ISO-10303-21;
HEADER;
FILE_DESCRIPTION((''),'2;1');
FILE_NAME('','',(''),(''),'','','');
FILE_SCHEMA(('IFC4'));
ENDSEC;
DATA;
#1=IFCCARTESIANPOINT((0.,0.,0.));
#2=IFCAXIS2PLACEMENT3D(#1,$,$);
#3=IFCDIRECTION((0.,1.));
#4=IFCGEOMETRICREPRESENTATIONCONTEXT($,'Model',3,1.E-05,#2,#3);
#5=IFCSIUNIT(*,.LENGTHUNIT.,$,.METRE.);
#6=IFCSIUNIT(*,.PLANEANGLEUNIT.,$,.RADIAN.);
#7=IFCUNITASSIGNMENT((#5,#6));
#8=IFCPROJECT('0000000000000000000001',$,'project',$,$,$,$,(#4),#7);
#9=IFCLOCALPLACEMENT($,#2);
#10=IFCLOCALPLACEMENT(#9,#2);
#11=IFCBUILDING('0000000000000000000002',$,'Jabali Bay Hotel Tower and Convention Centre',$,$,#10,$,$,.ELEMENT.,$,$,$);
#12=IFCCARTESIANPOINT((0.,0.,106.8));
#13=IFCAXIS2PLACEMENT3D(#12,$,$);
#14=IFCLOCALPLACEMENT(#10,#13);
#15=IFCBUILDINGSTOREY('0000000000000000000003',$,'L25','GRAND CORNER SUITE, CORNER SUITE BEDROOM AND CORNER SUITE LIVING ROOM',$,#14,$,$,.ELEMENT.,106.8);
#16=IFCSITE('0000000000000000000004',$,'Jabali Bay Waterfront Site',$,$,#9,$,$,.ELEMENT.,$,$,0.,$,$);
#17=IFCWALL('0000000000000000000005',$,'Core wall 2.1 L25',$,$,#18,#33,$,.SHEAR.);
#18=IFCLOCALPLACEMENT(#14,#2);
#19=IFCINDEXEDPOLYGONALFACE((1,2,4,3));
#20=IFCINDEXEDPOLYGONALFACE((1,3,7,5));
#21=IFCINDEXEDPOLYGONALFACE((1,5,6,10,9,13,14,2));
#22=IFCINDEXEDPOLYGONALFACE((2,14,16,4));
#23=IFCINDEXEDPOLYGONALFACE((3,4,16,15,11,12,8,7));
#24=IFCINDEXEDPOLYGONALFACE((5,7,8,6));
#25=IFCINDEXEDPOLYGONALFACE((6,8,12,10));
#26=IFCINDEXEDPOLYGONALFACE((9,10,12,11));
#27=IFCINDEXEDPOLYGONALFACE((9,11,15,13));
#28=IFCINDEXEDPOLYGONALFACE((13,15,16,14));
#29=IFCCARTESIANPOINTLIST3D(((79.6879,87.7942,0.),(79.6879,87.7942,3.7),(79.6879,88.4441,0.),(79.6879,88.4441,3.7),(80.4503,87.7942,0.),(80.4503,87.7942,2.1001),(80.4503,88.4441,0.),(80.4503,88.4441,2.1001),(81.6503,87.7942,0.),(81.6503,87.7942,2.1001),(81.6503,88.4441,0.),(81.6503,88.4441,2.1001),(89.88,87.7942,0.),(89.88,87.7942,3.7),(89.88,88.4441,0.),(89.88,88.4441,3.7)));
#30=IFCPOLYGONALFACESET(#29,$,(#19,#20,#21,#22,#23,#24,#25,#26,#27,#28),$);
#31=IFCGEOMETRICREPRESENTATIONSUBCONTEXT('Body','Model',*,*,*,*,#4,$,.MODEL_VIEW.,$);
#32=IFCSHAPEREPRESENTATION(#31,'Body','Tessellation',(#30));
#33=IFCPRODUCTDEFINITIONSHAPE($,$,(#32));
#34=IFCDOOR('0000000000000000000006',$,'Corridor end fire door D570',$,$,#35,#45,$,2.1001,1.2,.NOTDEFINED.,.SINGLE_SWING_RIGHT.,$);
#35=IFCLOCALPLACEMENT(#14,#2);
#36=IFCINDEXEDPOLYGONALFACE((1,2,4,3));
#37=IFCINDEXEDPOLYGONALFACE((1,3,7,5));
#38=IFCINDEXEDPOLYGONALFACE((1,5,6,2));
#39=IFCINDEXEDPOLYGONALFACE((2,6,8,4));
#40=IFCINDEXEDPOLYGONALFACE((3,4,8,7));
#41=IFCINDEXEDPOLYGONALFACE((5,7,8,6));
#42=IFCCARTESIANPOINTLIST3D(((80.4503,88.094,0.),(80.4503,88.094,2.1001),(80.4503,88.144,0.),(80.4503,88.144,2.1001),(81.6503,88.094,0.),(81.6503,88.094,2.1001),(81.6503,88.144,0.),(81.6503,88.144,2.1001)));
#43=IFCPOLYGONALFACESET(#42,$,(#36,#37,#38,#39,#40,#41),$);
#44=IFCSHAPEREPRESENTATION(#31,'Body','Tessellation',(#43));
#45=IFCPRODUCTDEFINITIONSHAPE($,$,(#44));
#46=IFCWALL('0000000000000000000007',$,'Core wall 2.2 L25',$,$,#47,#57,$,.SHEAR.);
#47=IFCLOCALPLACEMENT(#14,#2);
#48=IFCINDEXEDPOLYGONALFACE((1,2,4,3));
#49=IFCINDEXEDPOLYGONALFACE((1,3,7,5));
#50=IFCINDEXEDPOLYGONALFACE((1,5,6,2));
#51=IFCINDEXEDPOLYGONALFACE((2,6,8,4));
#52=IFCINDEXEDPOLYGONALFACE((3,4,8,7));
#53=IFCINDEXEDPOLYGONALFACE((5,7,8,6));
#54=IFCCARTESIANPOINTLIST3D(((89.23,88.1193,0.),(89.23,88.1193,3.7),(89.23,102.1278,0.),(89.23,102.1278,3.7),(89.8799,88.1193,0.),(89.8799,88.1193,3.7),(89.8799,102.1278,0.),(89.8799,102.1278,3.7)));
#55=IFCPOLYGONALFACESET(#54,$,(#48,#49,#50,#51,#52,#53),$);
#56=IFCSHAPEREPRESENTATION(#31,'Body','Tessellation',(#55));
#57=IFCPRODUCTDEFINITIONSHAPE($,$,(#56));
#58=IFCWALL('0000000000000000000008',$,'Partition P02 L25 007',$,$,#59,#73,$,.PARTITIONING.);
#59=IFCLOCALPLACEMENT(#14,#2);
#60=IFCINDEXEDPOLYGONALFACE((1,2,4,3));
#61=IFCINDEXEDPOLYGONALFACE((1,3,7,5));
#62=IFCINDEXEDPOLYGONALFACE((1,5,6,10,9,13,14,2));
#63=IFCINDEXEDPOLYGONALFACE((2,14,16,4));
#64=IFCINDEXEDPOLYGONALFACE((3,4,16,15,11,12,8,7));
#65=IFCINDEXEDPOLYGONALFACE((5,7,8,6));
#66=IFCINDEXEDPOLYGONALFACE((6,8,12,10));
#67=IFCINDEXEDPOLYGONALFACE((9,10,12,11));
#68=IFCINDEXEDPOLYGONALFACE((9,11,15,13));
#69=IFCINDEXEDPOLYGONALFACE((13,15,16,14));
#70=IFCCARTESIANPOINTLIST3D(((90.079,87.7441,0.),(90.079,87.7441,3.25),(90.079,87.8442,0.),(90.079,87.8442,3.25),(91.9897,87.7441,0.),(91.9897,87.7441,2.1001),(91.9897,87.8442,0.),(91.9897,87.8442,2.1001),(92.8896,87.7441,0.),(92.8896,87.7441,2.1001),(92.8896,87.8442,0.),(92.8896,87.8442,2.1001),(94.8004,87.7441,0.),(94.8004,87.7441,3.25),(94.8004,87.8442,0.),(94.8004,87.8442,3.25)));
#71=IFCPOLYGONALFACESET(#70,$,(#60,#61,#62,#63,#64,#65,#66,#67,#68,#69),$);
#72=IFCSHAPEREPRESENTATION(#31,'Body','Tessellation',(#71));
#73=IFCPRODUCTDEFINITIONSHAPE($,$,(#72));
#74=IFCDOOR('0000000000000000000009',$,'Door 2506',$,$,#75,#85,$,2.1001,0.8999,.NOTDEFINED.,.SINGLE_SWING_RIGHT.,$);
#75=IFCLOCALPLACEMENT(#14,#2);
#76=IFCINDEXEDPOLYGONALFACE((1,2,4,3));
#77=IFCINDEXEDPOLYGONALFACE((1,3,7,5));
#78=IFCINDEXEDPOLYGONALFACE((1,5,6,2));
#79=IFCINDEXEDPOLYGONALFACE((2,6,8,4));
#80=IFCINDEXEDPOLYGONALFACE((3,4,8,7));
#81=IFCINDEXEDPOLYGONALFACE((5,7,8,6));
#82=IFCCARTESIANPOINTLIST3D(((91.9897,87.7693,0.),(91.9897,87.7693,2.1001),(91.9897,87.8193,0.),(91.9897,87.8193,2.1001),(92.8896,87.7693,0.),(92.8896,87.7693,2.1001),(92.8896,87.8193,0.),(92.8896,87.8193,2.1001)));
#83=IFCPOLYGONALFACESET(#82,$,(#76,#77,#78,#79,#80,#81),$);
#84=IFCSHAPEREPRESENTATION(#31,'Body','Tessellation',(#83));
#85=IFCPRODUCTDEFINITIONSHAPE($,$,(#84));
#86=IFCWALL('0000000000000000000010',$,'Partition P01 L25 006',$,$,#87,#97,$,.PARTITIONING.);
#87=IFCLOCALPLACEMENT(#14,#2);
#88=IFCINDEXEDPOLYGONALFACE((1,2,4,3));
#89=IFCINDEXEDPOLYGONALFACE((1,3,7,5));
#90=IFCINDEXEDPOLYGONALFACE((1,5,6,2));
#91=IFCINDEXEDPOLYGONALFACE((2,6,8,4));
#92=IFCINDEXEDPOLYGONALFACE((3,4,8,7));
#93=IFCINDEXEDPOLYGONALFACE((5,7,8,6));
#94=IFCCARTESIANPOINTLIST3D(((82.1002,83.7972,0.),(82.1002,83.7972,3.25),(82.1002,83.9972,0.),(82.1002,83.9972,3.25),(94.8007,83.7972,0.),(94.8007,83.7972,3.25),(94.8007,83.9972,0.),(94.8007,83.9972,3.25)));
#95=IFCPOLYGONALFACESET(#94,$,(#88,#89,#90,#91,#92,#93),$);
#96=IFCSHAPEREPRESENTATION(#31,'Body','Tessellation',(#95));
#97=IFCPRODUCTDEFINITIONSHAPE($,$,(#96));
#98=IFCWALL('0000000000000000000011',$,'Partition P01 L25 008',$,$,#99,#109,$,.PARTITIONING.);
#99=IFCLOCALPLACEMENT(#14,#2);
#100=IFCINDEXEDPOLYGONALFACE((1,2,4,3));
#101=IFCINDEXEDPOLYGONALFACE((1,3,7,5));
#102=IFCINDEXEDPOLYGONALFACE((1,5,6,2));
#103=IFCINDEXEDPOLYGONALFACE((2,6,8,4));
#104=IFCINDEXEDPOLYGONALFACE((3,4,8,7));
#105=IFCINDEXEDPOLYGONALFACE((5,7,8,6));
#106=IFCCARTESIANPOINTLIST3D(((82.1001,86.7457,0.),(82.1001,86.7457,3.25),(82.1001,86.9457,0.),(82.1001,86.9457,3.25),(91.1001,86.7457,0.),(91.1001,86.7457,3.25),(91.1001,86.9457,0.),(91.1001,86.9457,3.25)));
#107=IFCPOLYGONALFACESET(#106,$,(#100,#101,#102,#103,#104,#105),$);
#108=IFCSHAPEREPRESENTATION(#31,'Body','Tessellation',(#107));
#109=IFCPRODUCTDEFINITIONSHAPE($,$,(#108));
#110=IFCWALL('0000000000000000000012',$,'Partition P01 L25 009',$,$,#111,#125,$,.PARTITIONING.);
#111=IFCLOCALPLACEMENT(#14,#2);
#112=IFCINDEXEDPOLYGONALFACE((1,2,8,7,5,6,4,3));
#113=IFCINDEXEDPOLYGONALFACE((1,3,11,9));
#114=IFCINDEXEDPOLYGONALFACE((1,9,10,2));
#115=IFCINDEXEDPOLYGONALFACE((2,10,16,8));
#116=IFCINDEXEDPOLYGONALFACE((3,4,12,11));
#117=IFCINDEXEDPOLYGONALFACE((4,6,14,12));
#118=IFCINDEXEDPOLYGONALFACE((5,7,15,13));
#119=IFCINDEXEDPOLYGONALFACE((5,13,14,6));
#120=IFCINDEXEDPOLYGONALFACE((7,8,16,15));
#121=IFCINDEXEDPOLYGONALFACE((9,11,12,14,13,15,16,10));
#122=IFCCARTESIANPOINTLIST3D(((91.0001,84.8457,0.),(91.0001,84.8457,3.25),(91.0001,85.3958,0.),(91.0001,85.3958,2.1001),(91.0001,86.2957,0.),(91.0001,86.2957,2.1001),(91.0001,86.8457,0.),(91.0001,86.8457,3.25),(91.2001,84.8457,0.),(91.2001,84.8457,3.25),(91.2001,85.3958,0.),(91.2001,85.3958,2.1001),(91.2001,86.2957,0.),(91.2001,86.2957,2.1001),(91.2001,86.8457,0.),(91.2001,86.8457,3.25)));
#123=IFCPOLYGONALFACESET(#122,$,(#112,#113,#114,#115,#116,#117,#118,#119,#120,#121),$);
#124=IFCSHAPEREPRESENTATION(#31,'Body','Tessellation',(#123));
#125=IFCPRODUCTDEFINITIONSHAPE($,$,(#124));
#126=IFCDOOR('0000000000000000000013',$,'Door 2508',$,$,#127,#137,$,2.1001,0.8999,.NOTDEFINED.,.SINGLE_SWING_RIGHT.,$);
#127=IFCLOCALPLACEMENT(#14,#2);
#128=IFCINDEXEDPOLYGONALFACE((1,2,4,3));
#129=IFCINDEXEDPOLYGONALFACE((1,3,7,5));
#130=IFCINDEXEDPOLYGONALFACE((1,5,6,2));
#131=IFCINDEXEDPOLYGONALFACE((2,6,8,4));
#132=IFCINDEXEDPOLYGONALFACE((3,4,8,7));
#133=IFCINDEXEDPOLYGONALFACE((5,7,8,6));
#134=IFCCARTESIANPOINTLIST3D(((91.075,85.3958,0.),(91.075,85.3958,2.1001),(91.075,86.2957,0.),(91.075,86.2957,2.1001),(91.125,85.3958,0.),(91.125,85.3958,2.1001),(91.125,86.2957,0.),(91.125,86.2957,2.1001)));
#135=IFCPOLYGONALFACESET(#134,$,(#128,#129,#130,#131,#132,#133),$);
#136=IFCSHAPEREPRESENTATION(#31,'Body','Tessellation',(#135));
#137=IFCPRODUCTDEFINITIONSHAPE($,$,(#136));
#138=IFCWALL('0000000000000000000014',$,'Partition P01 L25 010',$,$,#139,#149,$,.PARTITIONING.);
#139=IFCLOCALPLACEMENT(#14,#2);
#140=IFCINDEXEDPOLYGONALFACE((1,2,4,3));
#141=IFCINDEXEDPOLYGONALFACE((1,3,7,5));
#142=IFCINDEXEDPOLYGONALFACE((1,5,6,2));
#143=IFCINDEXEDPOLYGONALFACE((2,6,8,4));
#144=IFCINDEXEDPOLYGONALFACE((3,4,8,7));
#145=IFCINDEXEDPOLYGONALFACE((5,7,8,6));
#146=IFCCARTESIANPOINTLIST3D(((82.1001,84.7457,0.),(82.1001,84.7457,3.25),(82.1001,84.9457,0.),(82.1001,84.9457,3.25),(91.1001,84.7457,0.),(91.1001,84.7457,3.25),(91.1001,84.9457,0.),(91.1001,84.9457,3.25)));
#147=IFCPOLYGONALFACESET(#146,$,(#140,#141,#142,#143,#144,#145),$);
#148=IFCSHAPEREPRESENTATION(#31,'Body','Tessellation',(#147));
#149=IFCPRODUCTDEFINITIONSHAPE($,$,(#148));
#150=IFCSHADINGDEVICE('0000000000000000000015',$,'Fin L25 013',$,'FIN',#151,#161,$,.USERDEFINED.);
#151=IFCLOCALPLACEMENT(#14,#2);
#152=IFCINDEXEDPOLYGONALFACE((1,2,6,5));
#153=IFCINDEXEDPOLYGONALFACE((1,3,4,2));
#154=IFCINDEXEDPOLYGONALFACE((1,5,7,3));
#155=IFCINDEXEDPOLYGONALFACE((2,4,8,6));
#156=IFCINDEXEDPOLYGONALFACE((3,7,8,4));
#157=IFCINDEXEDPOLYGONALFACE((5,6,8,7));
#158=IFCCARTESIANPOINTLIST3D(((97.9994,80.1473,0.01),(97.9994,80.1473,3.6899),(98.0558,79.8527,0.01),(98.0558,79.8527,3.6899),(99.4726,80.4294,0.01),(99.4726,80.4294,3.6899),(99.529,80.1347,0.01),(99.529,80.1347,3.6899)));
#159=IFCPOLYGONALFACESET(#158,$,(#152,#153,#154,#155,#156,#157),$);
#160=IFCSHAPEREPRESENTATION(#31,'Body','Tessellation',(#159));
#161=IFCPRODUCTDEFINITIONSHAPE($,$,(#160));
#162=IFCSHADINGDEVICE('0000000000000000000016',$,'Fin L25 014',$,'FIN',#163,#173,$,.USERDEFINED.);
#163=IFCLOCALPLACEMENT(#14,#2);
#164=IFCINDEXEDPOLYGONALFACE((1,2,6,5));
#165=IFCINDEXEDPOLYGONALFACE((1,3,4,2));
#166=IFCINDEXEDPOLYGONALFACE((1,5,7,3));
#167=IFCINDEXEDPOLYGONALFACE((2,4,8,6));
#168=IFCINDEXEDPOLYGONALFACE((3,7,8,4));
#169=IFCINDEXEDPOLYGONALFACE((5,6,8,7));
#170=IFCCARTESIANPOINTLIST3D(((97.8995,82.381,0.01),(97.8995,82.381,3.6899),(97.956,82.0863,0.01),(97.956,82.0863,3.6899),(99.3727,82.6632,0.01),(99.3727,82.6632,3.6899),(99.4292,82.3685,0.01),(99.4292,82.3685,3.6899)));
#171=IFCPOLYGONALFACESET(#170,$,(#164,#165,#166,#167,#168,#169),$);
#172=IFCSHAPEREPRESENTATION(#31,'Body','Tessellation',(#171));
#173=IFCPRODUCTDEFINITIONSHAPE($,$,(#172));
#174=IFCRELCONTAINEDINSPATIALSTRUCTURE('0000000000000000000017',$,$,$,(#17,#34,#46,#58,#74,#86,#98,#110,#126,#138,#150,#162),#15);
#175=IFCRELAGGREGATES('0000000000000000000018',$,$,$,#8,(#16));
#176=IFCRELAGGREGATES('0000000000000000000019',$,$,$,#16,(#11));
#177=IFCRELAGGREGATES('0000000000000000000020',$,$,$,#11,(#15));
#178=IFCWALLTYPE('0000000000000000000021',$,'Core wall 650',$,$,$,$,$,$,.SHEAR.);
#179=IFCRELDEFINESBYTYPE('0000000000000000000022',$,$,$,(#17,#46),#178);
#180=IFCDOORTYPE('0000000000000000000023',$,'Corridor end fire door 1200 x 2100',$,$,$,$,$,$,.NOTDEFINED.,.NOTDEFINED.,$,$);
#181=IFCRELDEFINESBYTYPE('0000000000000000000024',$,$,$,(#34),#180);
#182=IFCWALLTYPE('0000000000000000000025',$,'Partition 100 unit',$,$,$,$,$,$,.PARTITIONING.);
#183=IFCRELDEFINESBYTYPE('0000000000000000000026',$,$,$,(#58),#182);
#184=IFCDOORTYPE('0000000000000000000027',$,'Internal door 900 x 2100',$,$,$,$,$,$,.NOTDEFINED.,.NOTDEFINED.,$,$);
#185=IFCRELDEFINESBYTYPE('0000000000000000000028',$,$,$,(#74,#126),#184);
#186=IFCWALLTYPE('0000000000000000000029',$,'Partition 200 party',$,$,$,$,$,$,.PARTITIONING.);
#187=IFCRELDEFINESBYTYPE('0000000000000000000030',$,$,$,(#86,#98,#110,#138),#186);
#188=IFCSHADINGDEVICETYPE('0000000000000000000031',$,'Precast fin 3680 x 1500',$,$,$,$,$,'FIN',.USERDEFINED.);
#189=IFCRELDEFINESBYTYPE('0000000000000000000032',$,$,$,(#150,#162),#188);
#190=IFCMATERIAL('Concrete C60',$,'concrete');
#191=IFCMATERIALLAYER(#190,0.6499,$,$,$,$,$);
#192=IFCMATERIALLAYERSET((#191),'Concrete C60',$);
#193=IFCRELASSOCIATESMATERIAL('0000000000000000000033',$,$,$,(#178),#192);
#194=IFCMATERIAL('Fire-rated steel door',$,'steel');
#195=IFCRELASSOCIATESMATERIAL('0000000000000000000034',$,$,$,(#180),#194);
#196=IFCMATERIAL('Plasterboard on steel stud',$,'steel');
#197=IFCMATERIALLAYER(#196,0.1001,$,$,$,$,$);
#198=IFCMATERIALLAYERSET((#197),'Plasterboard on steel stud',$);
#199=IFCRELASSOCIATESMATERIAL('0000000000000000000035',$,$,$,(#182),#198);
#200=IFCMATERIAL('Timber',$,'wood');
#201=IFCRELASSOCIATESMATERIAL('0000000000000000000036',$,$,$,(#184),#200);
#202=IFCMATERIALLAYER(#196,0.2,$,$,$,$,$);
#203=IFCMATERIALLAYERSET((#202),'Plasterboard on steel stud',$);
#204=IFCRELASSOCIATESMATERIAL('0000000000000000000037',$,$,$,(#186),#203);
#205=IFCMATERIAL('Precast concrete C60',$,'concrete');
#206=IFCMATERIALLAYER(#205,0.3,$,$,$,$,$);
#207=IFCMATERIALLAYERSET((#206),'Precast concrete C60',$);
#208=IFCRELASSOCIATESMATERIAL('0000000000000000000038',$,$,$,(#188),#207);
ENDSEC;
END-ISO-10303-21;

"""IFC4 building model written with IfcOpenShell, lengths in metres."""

from ifc_helpers import new_model, si_unit, direction, frame, frame_2d, origin, place, context, subcontext, project, spatial, rectangle, extrude, material, layer, layer_set, type_object, element, fill, save


model = new_model("IFC4")

# Units and contexts
model_context = context("Model", 3, precision=1e-05, world=origin(), true_north=direction((0.0, 1.0)))
body_context = subcontext(model_context, "Body", "Model", "MODEL_VIEW")
ifc_project = project(units=[si_unit("LENGTHUNIT", "METRE"), si_unit("PLANEANGLEUNIT", "RADIAN")], contexts=[model_context])

# Site, building, storey
site_placement = place(None, origin())
site = spatial("IfcSite", under=ifc_project, at=site_placement, Name="Jabali Bay Waterfront Site", CompositionType="ELEMENT", RefElevation=0.0)
building_placement = place(site_placement, origin())
building = spatial("IfcBuilding", under=site, at=building_placement, Name="Jabali Bay Hotel Tower and Convention Centre", CompositionType="ELEMENT")
storey_placement = place(building_placement, frame((0.0, 0.0, 106.8)))
storey = spatial("IfcBuildingStorey", under=building, at=storey_placement, Name="L25", Description="GRAND CORNER SUITE, CORNER SUITE BEDROOM AND CORNER SUITE LIVING ROOM", CompositionType="ELEMENT", Elevation=106.8)

# Shared definitions
ifc_material_1 = material(Name="Concrete C60", Category="concrete")

# Shared definitions
ifc_material_2 = material(Name="Fire-rated steel door", Category="steel")

# Wall, opening, door
ifc_layer_1 = layer(ifc_material_1, 0.6499)
ifc_layer_set_1 = layer_set([ifc_layer_1], Name="Concrete C60")
wall_type_1 = type_object("IfcWallType", Name="Core wall 650", PredefinedType="SHEAR", material=ifc_layer_set_1)
wall_1_placement = place(storey_placement, frame((79.6877, 88.1191, 0.0), z_axis=(0.0, 0.0, 1.0), x_axis=(1.0, 0.0, 0.0)))
wall_1 = element("IfcWall", 1, at=wall_1_placement, inside=storey, type_object=wall_type_1, Name="Core wall 2.1 L25", PredefinedType="SHEAR", context=body_context, shape_type="SweptSolid", body=[
    extrude(rectangle(XDim=10.1921, YDim=0.6499, at=frame_2d((5.0962, 0.0))), origin(), (0.0, 0.0, 1.0), 3.7),
])
opening_1_placement = place(wall_1_placement, frame((0.7625, 0.0, 0.0)))
opening_1 = element("IfcOpeningElement", 2, at=opening_1_placement, cuts=wall_1, PredefinedType="OPENING", context=body_context, shape_type="SweptSolid", body=[
    extrude(rectangle(XDim=1.2, YDim=2.1001, at=frame_2d((0.6001, 1.05))), frame((0.0, 0.3354, 0.0), z_axis=(0.0, -1.0, 0.0), x_axis=(1.0, 0.0, 0.0)), (0.0, 0.0, 1.0), 0.6709),
])
door_type_1 = type_object("IfcDoorType", Name="Corridor end fire door 1200 x 2100", OperationType="NOTDEFINED", PredefinedType="NOTDEFINED", material=ifc_material_2)
door_1_placement = place(opening_1_placement, origin())
door_1 = element("IfcDoor", 3, at=door_1_placement, inside=storey, type_object=door_type_1, Name="Corridor end fire door D570", OperationType="SINGLE_SWING_RIGHT", OverallHeight=2.1001, OverallWidth=1.2, PredefinedType="NOTDEFINED", context=body_context, shape_type="SweptSolid", body=[
    extrude(rectangle(XDim=1.2, YDim=2.1001, at=frame_2d((0.6001, 1.05))), frame((0.0, 0.0249, 0.0), z_axis=(0.0, -1.0, 0.0), x_axis=(1.0, 0.0, 0.0)), (0.0, 0.0, 1.0), 0.05),
])
fill(opening_1, door_1)

# Wall
wall_2_placement = place(storey_placement, frame((89.5549, 88.1191, 0.0), z_axis=(0.0, 0.0, 1.0), x_axis=(0.0, 1.0, 0.0)))
element("IfcWall", 4, at=wall_2_placement, inside=storey, type_object=wall_type_1, Name="Core wall 2.2 L25", PredefinedType="SHEAR", context=body_context, shape_type="SweptSolid", body=[
    extrude(rectangle(XDim=14.0085, YDim=0.6499, at=frame_2d((7.0044, 0.0))), origin(), (0.0, 0.0, 1.0), 3.7),
])

# Wall, opening, door
ifc_material_3 = material(Name="Plasterboard on steel stud", Category="steel")
ifc_layer_2 = layer(ifc_material_3, 0.1001)
ifc_layer_set_2 = layer_set([ifc_layer_2], Name="Plasterboard on steel stud")
wall_type_2 = type_object("IfcWallType", Name="Partition 100 unit", PredefinedType="PARTITIONING", material=ifc_layer_set_2)
wall_3_placement = place(storey_placement, frame((94.8005, 87.7942, 0.0), z_axis=(0.0, 0.0, 1.0), x_axis=(-1.0, 0.0, 0.0)))
wall_3 = element("IfcWall", 5, at=wall_3_placement, inside=storey, type_object=wall_type_2, Name="Partition P02 L25 007", PredefinedType="PARTITIONING", context=body_context, shape_type="SweptSolid", body=[
    extrude(rectangle(XDim=4.7214, YDim=0.1001, at=frame_2d((2.3608, 0.0))), origin(), (0.0, 0.0, 1.0), 3.25),
])
opening_2_placement = place(wall_3_placement, frame((1.9109, 0.0, 0.0)))
opening_2 = element("IfcOpeningElement", 6, at=opening_2_placement, cuts=wall_3, PredefinedType="OPENING", context=body_context, shape_type="SweptSolid", body=[
    extrude(rectangle(XDim=0.8999, YDim=2.1001, at=frame_2d((0.45, 1.05))), frame((0.0, 0.0605, 0.0), z_axis=(0.0, -1.0, 0.0), x_axis=(1.0, 0.0, 0.0)), (0.0, 0.0, 1.0), 0.1211),
])
ifc_material_4 = material(Name="Timber", Category="wood")
door_type_2 = type_object("IfcDoorType", Name="Internal door 900 x 2100", OperationType="NOTDEFINED", PredefinedType="NOTDEFINED", material=ifc_material_4)
door_2_placement = place(opening_2_placement, origin())
door_2 = element("IfcDoor", 7, at=door_2_placement, inside=storey, type_object=door_type_2, Name="Door 2506", OperationType="SINGLE_SWING_RIGHT", OverallHeight=2.1001, OverallWidth=0.8999, PredefinedType="NOTDEFINED", context=body_context, shape_type="SweptSolid", body=[
    extrude(rectangle(XDim=0.8999, YDim=2.1001, at=frame_2d((0.45, 1.05))), frame((0.0, 0.0249, 0.0), z_axis=(0.0, -1.0, 0.0), x_axis=(1.0, 0.0, 0.0)), (0.0, 0.0, 1.0), 0.05),
])
fill(opening_2, door_2)

# Walls
ifc_layer_3 = layer(ifc_material_3, 0.2)
ifc_layer_set_3 = layer_set([ifc_layer_3], Name="Plasterboard on steel stud")
wall_type_3 = type_object("IfcWallType", Name="Partition 200 party", PredefinedType="PARTITIONING", material=ifc_layer_set_3)
wall_4_placement = place(storey_placement, frame((94.8005, 83.8972, 0.0), z_axis=(0.0, 0.0, 1.0), x_axis=(-1.0, 0.0, 0.0)))
element("IfcWall", 8, at=wall_4_placement, inside=storey, type_object=wall_type_3, Name="Partition P01 L25 006", PredefinedType="PARTITIONING", context=body_context, shape_type="SweptSolid", body=[
    extrude(rectangle(XDim=12.7004, YDim=0.2, at=frame_2d((6.3501, 0.0))), origin(), (0.0, 0.0, 1.0), 3.25),
])
wall_5_placement = place(storey_placement, frame((82.1001, 86.8457, 0.0), z_axis=(0.0, 0.0, 1.0), x_axis=(1.0, 0.0, 0.0)))
element("IfcWall", 9, at=wall_5_placement, inside=storey, type_object=wall_type_3, Name="Partition P01 L25 008", PredefinedType="PARTITIONING", context=body_context, shape_type="SweptSolid", body=[
    extrude(rectangle(XDim=9.0, YDim=0.2, at=frame_2d((4.5, 0.0))), origin(), (0.0, 0.0, 1.0), 3.25),
])

# Wall, opening, door
wall_6_placement = place(storey_placement, frame((91.1001, 86.8457, 0.0), z_axis=(0.0, 0.0, 1.0), x_axis=(0.0, -1.0, 0.0)))
wall_6 = element("IfcWall", 10, at=wall_6_placement, inside=storey, type_object=wall_type_3, Name="Partition P01 L25 009", PredefinedType="PARTITIONING", context=body_context, shape_type="SweptSolid", body=[
    extrude(rectangle(XDim=2.0, YDim=0.2, at=frame_2d((1.0, 0.0))), origin(), (0.0, 0.0, 1.0), 3.25),
])
opening_3_placement = place(wall_6_placement, frame((0.55, 0.0, 0.0)))
opening_3 = element("IfcOpeningElement", 11, at=opening_3_placement, cuts=wall_6, PredefinedType="OPENING", context=body_context, shape_type="SweptSolid", body=[
    extrude(rectangle(XDim=0.8999, YDim=2.1001, at=frame_2d((0.45, 1.05))), frame((0.0, 0.1104, 0.0), z_axis=(0.0, -1.0, 0.0), x_axis=(1.0, 0.0, 0.0)), (0.0, 0.0, 1.0), 0.2209),
])
door_3_placement = place(opening_3_placement, origin())
door_3 = element("IfcDoor", 12, at=door_3_placement, inside=storey, type_object=door_type_2, Name="Door 2508", OperationType="SINGLE_SWING_RIGHT", OverallHeight=2.1001, OverallWidth=0.8999, PredefinedType="NOTDEFINED", context=body_context, shape_type="SweptSolid", body=[
    extrude(rectangle(XDim=0.8999, YDim=2.1001, at=frame_2d((0.45, 1.05))), frame((0.0, 0.0249, 0.0), z_axis=(0.0, -1.0, 0.0), x_axis=(1.0, 0.0, 0.0)), (0.0, 0.0, 1.0), 0.05),
])
fill(opening_3, door_3)

# Wall
wall_7_placement = place(storey_placement, frame((91.1001, 84.8457, 0.0), z_axis=(0.0, 0.0, 1.0), x_axis=(-1.0, 0.0, 0.0)))
element("IfcWall", 13, at=wall_7_placement, inside=storey, type_object=wall_type_3, Name="Partition P01 L25 010", PredefinedType="PARTITIONING", context=body_context, shape_type="SweptSolid", body=[
    extrude(rectangle(XDim=9.0, YDim=0.2, at=frame_2d((4.5, 0.0))), origin(), (0.0, 0.0, 1.0), 3.25),
])

# Shading devices
ifc_material_5 = material(Name="Precast concrete C60", Category="concrete")
ifc_layer_4 = layer(ifc_material_5, 0.3)
ifc_layer_set_4 = layer_set([ifc_layer_4], Name="Precast concrete C60")
shading_device_type = type_object("IfcShadingDeviceType", Name="Precast fin 3680 x 1500", ElementType="FIN", PredefinedType="USERDEFINED", material=ifc_layer_set_4)
for number, where, z_axis, x_axis, name in (
    (14, (98.0276, 80.0, 0.01), (0.0, 0.0, 1.0), (0.982169, 0.188002, 0.0), "Fin L25 013"),
    (15, (97.9277, 82.2336, 0.01), (0.0, 0.0, 1.0), (0.982139, 0.188159, 0.0), "Fin L25 014"),
):
    element("IfcShadingDevice", number, at=place(storey_placement, frame(where, z_axis=z_axis, x_axis=x_axis)), inside=storey, type_object=shading_device_type, Name=name, ObjectType="FIN", PredefinedType="USERDEFINED", context=body_context, shape_type="SweptSolid", body=[
        extrude(rectangle(XDim=1.5, YDim=0.3, at=frame_2d((0.75, 0.0))), origin(), (0.0, 0.0, 1.0), 3.6799),
    ])

save(model, "model.ifc")
